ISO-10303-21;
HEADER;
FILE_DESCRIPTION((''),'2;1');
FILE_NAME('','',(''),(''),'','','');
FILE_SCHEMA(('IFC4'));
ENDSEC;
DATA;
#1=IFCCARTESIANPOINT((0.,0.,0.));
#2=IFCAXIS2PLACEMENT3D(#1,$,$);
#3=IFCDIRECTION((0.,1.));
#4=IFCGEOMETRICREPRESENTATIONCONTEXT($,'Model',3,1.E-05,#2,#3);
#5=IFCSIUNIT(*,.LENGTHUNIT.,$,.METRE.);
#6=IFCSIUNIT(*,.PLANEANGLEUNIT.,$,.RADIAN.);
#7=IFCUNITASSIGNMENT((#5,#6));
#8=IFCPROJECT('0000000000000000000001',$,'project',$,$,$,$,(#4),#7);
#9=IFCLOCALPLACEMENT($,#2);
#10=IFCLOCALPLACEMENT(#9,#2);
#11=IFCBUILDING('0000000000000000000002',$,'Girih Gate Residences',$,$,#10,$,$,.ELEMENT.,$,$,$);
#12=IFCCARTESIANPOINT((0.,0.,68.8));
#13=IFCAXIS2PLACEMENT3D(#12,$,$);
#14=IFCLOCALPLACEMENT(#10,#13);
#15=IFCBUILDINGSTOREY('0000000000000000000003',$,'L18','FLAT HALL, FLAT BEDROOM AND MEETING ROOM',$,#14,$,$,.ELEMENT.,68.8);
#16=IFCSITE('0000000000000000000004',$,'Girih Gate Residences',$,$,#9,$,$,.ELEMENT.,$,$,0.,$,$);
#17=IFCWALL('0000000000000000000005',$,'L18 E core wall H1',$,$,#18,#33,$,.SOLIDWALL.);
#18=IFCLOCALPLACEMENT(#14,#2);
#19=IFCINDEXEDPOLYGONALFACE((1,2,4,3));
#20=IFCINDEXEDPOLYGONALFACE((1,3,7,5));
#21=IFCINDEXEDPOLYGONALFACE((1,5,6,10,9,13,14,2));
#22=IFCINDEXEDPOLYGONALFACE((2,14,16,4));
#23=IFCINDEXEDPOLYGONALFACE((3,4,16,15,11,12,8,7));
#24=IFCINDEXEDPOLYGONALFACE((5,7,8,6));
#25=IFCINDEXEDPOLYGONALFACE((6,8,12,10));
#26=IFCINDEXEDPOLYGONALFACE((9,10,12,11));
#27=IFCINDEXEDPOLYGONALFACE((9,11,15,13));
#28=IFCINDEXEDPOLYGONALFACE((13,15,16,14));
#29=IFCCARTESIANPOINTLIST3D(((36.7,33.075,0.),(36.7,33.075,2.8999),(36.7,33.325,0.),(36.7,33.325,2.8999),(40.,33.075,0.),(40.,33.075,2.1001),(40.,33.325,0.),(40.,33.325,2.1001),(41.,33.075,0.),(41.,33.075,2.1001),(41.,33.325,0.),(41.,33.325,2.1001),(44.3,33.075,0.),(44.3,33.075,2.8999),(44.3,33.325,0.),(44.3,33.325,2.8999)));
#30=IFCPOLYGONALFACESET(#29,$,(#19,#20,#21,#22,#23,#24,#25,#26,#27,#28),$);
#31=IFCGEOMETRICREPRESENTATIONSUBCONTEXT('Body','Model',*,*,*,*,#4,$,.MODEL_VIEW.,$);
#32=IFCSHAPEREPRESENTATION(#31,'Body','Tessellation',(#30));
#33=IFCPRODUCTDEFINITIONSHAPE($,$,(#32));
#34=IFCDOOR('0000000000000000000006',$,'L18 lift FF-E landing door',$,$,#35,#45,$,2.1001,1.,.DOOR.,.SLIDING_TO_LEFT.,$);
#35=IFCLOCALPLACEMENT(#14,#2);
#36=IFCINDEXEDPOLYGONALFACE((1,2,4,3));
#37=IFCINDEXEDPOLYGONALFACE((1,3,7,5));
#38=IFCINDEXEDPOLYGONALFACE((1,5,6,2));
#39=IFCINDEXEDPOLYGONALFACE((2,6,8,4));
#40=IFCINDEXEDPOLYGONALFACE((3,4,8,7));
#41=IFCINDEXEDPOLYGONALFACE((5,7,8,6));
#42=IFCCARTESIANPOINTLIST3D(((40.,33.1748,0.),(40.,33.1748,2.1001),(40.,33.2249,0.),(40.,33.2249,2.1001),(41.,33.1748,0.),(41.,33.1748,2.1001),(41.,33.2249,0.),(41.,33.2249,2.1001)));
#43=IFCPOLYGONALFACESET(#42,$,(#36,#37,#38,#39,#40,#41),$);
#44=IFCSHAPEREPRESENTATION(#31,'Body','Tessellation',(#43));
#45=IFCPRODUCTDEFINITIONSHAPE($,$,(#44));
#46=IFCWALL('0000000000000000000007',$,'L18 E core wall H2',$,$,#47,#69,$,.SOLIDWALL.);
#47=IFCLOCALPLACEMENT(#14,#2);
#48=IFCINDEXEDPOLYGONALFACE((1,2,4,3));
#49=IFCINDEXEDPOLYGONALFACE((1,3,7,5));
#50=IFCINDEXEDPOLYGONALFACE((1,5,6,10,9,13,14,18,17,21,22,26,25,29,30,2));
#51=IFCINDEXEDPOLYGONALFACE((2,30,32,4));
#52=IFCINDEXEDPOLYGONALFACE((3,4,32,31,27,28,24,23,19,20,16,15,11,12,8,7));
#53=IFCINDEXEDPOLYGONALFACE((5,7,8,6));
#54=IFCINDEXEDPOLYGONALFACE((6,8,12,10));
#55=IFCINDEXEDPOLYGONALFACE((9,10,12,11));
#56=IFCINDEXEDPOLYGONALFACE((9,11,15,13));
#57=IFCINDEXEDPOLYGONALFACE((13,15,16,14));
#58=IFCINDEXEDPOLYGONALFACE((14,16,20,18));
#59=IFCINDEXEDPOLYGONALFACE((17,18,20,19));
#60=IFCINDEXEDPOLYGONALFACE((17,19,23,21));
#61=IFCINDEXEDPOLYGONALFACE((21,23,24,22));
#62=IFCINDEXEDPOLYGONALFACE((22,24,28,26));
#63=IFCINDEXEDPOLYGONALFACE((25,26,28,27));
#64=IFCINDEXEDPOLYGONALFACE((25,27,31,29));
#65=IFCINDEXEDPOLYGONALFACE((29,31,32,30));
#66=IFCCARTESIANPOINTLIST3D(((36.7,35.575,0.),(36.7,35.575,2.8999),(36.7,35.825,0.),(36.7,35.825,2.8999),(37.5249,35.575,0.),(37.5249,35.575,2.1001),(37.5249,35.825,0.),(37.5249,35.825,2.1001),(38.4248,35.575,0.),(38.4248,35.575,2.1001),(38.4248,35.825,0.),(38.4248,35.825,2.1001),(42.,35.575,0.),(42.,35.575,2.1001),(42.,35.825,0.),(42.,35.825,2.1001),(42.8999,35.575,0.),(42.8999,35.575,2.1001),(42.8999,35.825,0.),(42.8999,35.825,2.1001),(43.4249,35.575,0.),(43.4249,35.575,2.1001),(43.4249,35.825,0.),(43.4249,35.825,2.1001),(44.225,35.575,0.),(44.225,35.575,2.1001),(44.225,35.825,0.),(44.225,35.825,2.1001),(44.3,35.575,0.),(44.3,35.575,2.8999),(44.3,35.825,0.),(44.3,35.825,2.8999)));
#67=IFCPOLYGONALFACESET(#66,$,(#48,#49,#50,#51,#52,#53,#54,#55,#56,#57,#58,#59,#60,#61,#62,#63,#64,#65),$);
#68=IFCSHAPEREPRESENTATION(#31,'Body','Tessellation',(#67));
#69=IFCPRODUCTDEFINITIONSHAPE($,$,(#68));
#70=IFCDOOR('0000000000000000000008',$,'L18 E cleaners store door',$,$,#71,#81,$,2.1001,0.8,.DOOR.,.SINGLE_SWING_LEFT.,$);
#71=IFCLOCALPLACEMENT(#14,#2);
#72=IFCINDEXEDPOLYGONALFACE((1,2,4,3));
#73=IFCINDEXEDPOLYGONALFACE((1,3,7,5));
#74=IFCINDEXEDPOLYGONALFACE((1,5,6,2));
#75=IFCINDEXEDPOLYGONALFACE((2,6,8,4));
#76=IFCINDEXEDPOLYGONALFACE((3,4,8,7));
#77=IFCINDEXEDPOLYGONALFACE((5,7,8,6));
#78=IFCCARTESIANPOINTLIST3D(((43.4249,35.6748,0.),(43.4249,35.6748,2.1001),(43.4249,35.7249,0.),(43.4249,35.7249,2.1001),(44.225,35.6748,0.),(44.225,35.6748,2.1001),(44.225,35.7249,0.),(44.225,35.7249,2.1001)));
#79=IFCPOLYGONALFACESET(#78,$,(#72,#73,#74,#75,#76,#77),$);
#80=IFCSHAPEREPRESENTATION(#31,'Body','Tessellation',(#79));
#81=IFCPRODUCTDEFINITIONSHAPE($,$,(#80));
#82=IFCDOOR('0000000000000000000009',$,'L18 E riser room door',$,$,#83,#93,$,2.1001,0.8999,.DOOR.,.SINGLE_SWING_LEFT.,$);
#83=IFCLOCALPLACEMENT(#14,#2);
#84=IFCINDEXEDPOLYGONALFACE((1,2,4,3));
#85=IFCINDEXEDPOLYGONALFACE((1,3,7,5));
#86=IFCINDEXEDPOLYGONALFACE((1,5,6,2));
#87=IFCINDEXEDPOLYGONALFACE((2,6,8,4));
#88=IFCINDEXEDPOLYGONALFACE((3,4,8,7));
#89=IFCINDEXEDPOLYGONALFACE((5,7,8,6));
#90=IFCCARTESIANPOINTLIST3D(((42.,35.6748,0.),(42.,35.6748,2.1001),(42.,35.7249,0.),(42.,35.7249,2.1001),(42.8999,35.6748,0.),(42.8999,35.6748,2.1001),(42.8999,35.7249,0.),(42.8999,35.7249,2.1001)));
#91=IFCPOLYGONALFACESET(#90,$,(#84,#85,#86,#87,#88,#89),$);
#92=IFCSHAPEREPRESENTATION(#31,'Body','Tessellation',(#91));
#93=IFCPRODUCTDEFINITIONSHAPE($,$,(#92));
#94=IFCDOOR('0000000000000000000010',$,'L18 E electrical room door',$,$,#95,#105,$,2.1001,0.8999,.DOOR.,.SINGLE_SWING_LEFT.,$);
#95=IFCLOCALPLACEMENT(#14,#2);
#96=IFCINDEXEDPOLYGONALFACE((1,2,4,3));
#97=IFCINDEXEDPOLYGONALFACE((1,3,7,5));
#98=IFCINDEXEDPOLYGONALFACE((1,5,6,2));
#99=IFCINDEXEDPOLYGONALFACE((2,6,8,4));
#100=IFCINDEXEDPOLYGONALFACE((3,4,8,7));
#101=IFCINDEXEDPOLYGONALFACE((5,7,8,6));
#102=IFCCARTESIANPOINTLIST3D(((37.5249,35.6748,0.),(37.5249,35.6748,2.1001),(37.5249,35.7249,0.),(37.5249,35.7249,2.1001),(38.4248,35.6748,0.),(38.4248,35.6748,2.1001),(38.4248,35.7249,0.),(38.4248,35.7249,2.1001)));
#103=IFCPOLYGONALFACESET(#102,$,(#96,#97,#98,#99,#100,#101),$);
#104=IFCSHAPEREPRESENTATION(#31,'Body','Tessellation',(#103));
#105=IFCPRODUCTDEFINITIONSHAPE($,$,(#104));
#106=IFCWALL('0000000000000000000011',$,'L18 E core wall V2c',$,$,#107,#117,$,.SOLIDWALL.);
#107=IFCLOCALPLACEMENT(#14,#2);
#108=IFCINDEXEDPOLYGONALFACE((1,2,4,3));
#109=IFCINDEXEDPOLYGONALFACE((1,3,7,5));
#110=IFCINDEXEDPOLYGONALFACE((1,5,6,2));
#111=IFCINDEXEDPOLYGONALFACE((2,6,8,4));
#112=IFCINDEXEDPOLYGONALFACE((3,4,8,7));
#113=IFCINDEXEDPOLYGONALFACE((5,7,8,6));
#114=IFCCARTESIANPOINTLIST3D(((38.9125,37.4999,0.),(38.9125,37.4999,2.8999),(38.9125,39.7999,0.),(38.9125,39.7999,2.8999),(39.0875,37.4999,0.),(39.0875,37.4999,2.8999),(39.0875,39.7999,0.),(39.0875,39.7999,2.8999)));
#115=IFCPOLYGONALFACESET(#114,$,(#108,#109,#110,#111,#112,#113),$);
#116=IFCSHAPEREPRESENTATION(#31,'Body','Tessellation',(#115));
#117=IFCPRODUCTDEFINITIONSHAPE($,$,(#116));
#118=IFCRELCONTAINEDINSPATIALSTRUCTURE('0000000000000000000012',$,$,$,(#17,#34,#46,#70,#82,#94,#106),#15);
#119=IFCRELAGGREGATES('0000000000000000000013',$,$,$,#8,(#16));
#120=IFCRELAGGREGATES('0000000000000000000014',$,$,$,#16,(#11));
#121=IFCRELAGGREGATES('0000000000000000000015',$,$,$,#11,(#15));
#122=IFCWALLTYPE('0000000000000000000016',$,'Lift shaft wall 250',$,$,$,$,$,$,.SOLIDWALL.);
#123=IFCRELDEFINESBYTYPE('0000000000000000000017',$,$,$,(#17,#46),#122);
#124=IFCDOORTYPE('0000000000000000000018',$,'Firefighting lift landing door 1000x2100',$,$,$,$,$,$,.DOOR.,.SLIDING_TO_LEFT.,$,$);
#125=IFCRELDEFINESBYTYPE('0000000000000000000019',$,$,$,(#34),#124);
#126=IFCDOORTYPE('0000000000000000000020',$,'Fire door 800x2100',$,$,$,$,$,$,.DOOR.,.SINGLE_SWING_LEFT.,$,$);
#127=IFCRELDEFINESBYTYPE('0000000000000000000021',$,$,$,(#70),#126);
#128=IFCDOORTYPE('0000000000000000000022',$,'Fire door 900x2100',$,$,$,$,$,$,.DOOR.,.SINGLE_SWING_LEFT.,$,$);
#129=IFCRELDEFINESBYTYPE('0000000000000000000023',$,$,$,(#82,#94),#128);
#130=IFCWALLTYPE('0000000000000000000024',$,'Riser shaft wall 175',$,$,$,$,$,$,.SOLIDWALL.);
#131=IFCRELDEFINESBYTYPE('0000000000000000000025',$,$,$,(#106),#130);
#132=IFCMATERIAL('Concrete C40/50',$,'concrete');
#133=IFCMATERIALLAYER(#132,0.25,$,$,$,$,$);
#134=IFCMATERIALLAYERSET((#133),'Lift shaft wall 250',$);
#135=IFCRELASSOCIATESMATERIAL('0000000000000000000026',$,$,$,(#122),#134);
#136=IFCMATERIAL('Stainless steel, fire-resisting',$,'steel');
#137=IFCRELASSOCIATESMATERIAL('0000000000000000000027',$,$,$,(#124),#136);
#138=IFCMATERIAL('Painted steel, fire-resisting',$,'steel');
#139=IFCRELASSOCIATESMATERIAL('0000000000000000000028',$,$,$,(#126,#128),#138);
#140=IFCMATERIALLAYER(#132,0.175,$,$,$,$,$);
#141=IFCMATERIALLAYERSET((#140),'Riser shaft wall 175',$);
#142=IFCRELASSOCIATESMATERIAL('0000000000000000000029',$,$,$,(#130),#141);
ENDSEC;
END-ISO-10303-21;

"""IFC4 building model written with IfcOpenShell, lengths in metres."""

from ifc_helpers import new_model, si_unit, direction, frame, frame_2d, origin, place, context, subcontext, project, spatial, rectangle, extrude, material, layer, layer_set, type_object, element, fill, save


model = new_model("IFC4")

# Units and contexts
model_context = context("Model", 3, precision=1e-05, world=origin(), true_north=direction((0.0, 1.0)))
body_context = subcontext(model_context, "Body", "Model", "MODEL_VIEW")
ifc_project = project(units=[si_unit("LENGTHUNIT", "METRE"), si_unit("PLANEANGLEUNIT", "RADIAN")], contexts=[model_context])

# Site, building, storey
site_placement = place(None, origin())
site = spatial("IfcSite", under=ifc_project, at=site_placement, Name="Girih Gate Residences", CompositionType="ELEMENT", RefElevation=0.0)
building_placement = place(site_placement, origin())
building = spatial("IfcBuilding", under=site, at=building_placement, Name="Girih Gate Residences", CompositionType="ELEMENT")
storey_placement = place(building_placement, frame((0.0, 0.0, 68.8)))
storey = spatial("IfcBuildingStorey", under=building, at=storey_placement, Name="L18", Description="FLAT HALL, FLAT BEDROOM AND MEETING ROOM", CompositionType="ELEMENT", Elevation=68.8)

# Wall, opening, door
ifc_material_1 = material(Name="Concrete C40/50", Category="concrete")
ifc_layer_1 = layer(ifc_material_1, 0.25)
ifc_layer_set_1 = layer_set([ifc_layer_1], Name="Lift shaft wall 250")
wall_type_1 = type_object("IfcWallType", Name="Lift shaft wall 250", PredefinedType="SOLIDWALL", material=ifc_layer_set_1)
wall_1_placement = place(storey_placement, frame((36.7, 33.2, 0.0), z_axis=(0.0, 0.0, 1.0), x_axis=(1.0, 0.0, 0.0)))
wall_1 = element("IfcWall", 1, at=wall_1_placement, inside=storey, type_object=wall_type_1, Name="L18 E core wall H1", PredefinedType="SOLIDWALL", context=body_context, shape_type="SweptSolid", body=[
    extrude(rectangle(XDim=7.6001, YDim=0.25, at=frame_2d((3.8, 0.0))), origin(), (0.0, 0.0, 1.0), 2.8999),
])
opening_1_placement = place(wall_1_placement, frame((3.3, 0.0, 0.0)))
opening_1 = element("IfcOpeningElement", 2, at=opening_1_placement, cuts=wall_1, PredefinedType="OPENING", context=body_context, shape_type="SweptSolid", body=[
    extrude(rectangle(XDim=1.0, YDim=2.1001, at=frame_2d((0.5, 1.05))), frame((0.0, 0.135, 0.0), z_axis=(0.0, -1.0, 0.0), x_axis=(1.0, 0.0, 0.0)), (0.0, 0.0, 1.0), 0.27),
])
ifc_material_2 = material(Name="Stainless steel, fire-resisting", Category="steel")
door_type_1 = type_object("IfcDoorType", Name="Firefighting lift landing door 1000x2100", OperationType="SLIDING_TO_LEFT", PredefinedType="DOOR", material=ifc_material_2)
door_1_placement = place(opening_1_placement, origin())
door_1 = element("IfcDoor", 3, at=door_1_placement, inside=storey, type_object=door_type_1, Name="L18 lift FF-E landing door", OperationType="SLIDING_TO_LEFT", OverallHeight=2.1001, OverallWidth=1.0, PredefinedType="DOOR", context=body_context, shape_type="SweptSolid", body=[
    extrude(rectangle(XDim=1.0, YDim=2.1001, at=frame_2d((0.5, 1.05))), frame((0.0, 0.0249, 0.0), z_axis=(0.0, -1.0, 0.0), x_axis=(1.0, 0.0, 0.0)), (0.0, 0.0, 1.0), 0.05),
])
fill(opening_1, door_1)

# Wall, openings, doors
wall_2_placement = place(storey_placement, frame((36.7, 35.7, 0.0), z_axis=(0.0, 0.0, 1.0), x_axis=(1.0, 0.0, 0.0)))
wall_2 = element("IfcWall", 4, at=wall_2_placement, inside=storey, type_object=wall_type_1, Name="L18 E core wall H2", PredefinedType="SOLIDWALL", context=body_context, shape_type="SweptSolid", body=[
    extrude(rectangle(XDim=7.6001, YDim=0.25, at=frame_2d((3.8, 0.0))), origin(), (0.0, 0.0, 1.0), 2.8999),
])
opening_2_placement = place(wall_2_placement, frame((6.7251, 0.0, 0.0)))
opening_2 = element("IfcOpeningElement", 5, at=opening_2_placement, cuts=wall_2, PredefinedType="OPENING", context=body_context, shape_type="SweptSolid", body=[
    extrude(rectangle(XDim=0.8, YDim=2.1001, at=frame_2d((0.3999, 1.05))), frame((0.0, 0.135, 0.0), z_axis=(0.0, -1.0, 0.0), x_axis=(1.0, 0.0, 0.0)), (0.0, 0.0, 1.0), 0.27),
])
opening_3_placement = place(wall_2_placement, frame((5.3, 0.0, 0.0)))
opening_3 = element("IfcOpeningElement", 6, at=opening_3_placement, cuts=wall_2, PredefinedType="OPENING", context=body_context, shape_type="SweptSolid", body=[
    extrude(rectangle(XDim=0.8999, YDim=2.1001, at=frame_2d((0.45, 1.05))), frame((0.0, 0.135, 0.0), z_axis=(0.0, -1.0, 0.0), x_axis=(1.0, 0.0, 0.0)), (0.0, 0.0, 1.0), 0.27),
])
opening_4_placement = place(wall_2_placement, frame((0.825, 0.0, 0.0)))
opening_4 = element("IfcOpeningElement", 7, at=opening_4_placement, cuts=wall_2, PredefinedType="OPENING", context=body_context, shape_type="SweptSolid", body=[
    extrude(rectangle(XDim=0.8999, YDim=2.1001, at=frame_2d((0.45, 1.05))), frame((0.0, 0.135, 0.0), z_axis=(0.0, -1.0, 0.0), x_axis=(1.0, 0.0, 0.0)), (0.0, 0.0, 1.0), 0.27),
])
ifc_material_3 = material(Name="Painted steel, fire-resisting", Category="steel")
door_type_2 = type_object("IfcDoorType", Name="Fire door 800x2100", OperationType="SINGLE_SWING_LEFT", PredefinedType="DOOR", material=ifc_material_3)
door_2_placement = place(opening_2_placement, origin())
door_2 = element("IfcDoor", 8, at=door_2_placement, inside=storey, type_object=door_type_2, Name="L18 E cleaners store door", OperationType="SINGLE_SWING_LEFT", OverallHeight=2.1001, OverallWidth=0.8, PredefinedType="DOOR", context=body_context, shape_type="SweptSolid", body=[
    extrude(rectangle(XDim=0.8, YDim=2.1001, at=frame_2d((0.3999, 1.05))), frame((0.0, 0.0249, 0.0), z_axis=(0.0, -1.0, 0.0), x_axis=(1.0, 0.0, 0.0)), (0.0, 0.0, 1.0), 0.05),
])
fill(opening_2, door_2)
door_type_3 = type_object("IfcDoorType", Name="Fire door 900x2100", OperationType="SINGLE_SWING_LEFT", PredefinedType="DOOR", material=ifc_material_3)
door_3_placement = place(opening_3_placement, origin())
door_3 = element("IfcDoor", 9, at=door_3_placement, inside=storey, type_object=door_type_3, Name="L18 E riser room door", OperationType="SINGLE_SWING_LEFT", OverallHeight=2.1001, OverallWidth=0.8999, PredefinedType="DOOR", context=body_context, shape_type="SweptSolid", body=[
    extrude(rectangle(XDim=0.8999, YDim=2.1001, at=frame_2d((0.45, 1.05))), frame((0.0, 0.0249, 0.0), z_axis=(0.0, -1.0, 0.0), x_axis=(1.0, 0.0, 0.0)), (0.0, 0.0, 1.0), 0.05),
])
fill(opening_3, door_3)
door_4_placement = place(opening_4_placement, origin())
door_4 = element("IfcDoor", 10, at=door_4_placement, inside=storey, type_object=door_type_3, Name="L18 E electrical room door", OperationType="SINGLE_SWING_LEFT", OverallHeight=2.1001, OverallWidth=0.8999, PredefinedType="DOOR", context=body_context, shape_type="SweptSolid", body=[
    extrude(rectangle(XDim=0.8999, YDim=2.1001, at=frame_2d((0.45, 1.05))), frame((0.0, 0.0249, 0.0), z_axis=(0.0, -1.0, 0.0), x_axis=(1.0, 0.0, 0.0)), (0.0, 0.0, 1.0), 0.05),
])
fill(opening_4, door_4)

# Wall
ifc_layer_2 = layer(ifc_material_1, 0.175)
ifc_layer_set_2 = layer_set([ifc_layer_2], Name="Riser shaft wall 175")
wall_type_2 = type_object("IfcWallType", Name="Riser shaft wall 175", PredefinedType="SOLIDWALL", material=ifc_layer_set_2)
wall_3_placement = place(storey_placement, frame((39.0, 37.5, 0.0), z_axis=(0.0, 0.0, 1.0), x_axis=(0.0, 1.0, 0.0)))
element("IfcWall", 11, at=wall_3_placement, inside=storey, type_object=wall_type_2, Name="L18 E core wall V2c", PredefinedType="SOLIDWALL", context=body_context, shape_type="SweptSolid", body=[
    extrude(rectangle(XDim=2.3, YDim=0.175, at=frame_2d((1.1499, 0.0))), origin(), (0.0, 0.0, 1.0), 2.8999),
])

save(model, "model.ifc")
